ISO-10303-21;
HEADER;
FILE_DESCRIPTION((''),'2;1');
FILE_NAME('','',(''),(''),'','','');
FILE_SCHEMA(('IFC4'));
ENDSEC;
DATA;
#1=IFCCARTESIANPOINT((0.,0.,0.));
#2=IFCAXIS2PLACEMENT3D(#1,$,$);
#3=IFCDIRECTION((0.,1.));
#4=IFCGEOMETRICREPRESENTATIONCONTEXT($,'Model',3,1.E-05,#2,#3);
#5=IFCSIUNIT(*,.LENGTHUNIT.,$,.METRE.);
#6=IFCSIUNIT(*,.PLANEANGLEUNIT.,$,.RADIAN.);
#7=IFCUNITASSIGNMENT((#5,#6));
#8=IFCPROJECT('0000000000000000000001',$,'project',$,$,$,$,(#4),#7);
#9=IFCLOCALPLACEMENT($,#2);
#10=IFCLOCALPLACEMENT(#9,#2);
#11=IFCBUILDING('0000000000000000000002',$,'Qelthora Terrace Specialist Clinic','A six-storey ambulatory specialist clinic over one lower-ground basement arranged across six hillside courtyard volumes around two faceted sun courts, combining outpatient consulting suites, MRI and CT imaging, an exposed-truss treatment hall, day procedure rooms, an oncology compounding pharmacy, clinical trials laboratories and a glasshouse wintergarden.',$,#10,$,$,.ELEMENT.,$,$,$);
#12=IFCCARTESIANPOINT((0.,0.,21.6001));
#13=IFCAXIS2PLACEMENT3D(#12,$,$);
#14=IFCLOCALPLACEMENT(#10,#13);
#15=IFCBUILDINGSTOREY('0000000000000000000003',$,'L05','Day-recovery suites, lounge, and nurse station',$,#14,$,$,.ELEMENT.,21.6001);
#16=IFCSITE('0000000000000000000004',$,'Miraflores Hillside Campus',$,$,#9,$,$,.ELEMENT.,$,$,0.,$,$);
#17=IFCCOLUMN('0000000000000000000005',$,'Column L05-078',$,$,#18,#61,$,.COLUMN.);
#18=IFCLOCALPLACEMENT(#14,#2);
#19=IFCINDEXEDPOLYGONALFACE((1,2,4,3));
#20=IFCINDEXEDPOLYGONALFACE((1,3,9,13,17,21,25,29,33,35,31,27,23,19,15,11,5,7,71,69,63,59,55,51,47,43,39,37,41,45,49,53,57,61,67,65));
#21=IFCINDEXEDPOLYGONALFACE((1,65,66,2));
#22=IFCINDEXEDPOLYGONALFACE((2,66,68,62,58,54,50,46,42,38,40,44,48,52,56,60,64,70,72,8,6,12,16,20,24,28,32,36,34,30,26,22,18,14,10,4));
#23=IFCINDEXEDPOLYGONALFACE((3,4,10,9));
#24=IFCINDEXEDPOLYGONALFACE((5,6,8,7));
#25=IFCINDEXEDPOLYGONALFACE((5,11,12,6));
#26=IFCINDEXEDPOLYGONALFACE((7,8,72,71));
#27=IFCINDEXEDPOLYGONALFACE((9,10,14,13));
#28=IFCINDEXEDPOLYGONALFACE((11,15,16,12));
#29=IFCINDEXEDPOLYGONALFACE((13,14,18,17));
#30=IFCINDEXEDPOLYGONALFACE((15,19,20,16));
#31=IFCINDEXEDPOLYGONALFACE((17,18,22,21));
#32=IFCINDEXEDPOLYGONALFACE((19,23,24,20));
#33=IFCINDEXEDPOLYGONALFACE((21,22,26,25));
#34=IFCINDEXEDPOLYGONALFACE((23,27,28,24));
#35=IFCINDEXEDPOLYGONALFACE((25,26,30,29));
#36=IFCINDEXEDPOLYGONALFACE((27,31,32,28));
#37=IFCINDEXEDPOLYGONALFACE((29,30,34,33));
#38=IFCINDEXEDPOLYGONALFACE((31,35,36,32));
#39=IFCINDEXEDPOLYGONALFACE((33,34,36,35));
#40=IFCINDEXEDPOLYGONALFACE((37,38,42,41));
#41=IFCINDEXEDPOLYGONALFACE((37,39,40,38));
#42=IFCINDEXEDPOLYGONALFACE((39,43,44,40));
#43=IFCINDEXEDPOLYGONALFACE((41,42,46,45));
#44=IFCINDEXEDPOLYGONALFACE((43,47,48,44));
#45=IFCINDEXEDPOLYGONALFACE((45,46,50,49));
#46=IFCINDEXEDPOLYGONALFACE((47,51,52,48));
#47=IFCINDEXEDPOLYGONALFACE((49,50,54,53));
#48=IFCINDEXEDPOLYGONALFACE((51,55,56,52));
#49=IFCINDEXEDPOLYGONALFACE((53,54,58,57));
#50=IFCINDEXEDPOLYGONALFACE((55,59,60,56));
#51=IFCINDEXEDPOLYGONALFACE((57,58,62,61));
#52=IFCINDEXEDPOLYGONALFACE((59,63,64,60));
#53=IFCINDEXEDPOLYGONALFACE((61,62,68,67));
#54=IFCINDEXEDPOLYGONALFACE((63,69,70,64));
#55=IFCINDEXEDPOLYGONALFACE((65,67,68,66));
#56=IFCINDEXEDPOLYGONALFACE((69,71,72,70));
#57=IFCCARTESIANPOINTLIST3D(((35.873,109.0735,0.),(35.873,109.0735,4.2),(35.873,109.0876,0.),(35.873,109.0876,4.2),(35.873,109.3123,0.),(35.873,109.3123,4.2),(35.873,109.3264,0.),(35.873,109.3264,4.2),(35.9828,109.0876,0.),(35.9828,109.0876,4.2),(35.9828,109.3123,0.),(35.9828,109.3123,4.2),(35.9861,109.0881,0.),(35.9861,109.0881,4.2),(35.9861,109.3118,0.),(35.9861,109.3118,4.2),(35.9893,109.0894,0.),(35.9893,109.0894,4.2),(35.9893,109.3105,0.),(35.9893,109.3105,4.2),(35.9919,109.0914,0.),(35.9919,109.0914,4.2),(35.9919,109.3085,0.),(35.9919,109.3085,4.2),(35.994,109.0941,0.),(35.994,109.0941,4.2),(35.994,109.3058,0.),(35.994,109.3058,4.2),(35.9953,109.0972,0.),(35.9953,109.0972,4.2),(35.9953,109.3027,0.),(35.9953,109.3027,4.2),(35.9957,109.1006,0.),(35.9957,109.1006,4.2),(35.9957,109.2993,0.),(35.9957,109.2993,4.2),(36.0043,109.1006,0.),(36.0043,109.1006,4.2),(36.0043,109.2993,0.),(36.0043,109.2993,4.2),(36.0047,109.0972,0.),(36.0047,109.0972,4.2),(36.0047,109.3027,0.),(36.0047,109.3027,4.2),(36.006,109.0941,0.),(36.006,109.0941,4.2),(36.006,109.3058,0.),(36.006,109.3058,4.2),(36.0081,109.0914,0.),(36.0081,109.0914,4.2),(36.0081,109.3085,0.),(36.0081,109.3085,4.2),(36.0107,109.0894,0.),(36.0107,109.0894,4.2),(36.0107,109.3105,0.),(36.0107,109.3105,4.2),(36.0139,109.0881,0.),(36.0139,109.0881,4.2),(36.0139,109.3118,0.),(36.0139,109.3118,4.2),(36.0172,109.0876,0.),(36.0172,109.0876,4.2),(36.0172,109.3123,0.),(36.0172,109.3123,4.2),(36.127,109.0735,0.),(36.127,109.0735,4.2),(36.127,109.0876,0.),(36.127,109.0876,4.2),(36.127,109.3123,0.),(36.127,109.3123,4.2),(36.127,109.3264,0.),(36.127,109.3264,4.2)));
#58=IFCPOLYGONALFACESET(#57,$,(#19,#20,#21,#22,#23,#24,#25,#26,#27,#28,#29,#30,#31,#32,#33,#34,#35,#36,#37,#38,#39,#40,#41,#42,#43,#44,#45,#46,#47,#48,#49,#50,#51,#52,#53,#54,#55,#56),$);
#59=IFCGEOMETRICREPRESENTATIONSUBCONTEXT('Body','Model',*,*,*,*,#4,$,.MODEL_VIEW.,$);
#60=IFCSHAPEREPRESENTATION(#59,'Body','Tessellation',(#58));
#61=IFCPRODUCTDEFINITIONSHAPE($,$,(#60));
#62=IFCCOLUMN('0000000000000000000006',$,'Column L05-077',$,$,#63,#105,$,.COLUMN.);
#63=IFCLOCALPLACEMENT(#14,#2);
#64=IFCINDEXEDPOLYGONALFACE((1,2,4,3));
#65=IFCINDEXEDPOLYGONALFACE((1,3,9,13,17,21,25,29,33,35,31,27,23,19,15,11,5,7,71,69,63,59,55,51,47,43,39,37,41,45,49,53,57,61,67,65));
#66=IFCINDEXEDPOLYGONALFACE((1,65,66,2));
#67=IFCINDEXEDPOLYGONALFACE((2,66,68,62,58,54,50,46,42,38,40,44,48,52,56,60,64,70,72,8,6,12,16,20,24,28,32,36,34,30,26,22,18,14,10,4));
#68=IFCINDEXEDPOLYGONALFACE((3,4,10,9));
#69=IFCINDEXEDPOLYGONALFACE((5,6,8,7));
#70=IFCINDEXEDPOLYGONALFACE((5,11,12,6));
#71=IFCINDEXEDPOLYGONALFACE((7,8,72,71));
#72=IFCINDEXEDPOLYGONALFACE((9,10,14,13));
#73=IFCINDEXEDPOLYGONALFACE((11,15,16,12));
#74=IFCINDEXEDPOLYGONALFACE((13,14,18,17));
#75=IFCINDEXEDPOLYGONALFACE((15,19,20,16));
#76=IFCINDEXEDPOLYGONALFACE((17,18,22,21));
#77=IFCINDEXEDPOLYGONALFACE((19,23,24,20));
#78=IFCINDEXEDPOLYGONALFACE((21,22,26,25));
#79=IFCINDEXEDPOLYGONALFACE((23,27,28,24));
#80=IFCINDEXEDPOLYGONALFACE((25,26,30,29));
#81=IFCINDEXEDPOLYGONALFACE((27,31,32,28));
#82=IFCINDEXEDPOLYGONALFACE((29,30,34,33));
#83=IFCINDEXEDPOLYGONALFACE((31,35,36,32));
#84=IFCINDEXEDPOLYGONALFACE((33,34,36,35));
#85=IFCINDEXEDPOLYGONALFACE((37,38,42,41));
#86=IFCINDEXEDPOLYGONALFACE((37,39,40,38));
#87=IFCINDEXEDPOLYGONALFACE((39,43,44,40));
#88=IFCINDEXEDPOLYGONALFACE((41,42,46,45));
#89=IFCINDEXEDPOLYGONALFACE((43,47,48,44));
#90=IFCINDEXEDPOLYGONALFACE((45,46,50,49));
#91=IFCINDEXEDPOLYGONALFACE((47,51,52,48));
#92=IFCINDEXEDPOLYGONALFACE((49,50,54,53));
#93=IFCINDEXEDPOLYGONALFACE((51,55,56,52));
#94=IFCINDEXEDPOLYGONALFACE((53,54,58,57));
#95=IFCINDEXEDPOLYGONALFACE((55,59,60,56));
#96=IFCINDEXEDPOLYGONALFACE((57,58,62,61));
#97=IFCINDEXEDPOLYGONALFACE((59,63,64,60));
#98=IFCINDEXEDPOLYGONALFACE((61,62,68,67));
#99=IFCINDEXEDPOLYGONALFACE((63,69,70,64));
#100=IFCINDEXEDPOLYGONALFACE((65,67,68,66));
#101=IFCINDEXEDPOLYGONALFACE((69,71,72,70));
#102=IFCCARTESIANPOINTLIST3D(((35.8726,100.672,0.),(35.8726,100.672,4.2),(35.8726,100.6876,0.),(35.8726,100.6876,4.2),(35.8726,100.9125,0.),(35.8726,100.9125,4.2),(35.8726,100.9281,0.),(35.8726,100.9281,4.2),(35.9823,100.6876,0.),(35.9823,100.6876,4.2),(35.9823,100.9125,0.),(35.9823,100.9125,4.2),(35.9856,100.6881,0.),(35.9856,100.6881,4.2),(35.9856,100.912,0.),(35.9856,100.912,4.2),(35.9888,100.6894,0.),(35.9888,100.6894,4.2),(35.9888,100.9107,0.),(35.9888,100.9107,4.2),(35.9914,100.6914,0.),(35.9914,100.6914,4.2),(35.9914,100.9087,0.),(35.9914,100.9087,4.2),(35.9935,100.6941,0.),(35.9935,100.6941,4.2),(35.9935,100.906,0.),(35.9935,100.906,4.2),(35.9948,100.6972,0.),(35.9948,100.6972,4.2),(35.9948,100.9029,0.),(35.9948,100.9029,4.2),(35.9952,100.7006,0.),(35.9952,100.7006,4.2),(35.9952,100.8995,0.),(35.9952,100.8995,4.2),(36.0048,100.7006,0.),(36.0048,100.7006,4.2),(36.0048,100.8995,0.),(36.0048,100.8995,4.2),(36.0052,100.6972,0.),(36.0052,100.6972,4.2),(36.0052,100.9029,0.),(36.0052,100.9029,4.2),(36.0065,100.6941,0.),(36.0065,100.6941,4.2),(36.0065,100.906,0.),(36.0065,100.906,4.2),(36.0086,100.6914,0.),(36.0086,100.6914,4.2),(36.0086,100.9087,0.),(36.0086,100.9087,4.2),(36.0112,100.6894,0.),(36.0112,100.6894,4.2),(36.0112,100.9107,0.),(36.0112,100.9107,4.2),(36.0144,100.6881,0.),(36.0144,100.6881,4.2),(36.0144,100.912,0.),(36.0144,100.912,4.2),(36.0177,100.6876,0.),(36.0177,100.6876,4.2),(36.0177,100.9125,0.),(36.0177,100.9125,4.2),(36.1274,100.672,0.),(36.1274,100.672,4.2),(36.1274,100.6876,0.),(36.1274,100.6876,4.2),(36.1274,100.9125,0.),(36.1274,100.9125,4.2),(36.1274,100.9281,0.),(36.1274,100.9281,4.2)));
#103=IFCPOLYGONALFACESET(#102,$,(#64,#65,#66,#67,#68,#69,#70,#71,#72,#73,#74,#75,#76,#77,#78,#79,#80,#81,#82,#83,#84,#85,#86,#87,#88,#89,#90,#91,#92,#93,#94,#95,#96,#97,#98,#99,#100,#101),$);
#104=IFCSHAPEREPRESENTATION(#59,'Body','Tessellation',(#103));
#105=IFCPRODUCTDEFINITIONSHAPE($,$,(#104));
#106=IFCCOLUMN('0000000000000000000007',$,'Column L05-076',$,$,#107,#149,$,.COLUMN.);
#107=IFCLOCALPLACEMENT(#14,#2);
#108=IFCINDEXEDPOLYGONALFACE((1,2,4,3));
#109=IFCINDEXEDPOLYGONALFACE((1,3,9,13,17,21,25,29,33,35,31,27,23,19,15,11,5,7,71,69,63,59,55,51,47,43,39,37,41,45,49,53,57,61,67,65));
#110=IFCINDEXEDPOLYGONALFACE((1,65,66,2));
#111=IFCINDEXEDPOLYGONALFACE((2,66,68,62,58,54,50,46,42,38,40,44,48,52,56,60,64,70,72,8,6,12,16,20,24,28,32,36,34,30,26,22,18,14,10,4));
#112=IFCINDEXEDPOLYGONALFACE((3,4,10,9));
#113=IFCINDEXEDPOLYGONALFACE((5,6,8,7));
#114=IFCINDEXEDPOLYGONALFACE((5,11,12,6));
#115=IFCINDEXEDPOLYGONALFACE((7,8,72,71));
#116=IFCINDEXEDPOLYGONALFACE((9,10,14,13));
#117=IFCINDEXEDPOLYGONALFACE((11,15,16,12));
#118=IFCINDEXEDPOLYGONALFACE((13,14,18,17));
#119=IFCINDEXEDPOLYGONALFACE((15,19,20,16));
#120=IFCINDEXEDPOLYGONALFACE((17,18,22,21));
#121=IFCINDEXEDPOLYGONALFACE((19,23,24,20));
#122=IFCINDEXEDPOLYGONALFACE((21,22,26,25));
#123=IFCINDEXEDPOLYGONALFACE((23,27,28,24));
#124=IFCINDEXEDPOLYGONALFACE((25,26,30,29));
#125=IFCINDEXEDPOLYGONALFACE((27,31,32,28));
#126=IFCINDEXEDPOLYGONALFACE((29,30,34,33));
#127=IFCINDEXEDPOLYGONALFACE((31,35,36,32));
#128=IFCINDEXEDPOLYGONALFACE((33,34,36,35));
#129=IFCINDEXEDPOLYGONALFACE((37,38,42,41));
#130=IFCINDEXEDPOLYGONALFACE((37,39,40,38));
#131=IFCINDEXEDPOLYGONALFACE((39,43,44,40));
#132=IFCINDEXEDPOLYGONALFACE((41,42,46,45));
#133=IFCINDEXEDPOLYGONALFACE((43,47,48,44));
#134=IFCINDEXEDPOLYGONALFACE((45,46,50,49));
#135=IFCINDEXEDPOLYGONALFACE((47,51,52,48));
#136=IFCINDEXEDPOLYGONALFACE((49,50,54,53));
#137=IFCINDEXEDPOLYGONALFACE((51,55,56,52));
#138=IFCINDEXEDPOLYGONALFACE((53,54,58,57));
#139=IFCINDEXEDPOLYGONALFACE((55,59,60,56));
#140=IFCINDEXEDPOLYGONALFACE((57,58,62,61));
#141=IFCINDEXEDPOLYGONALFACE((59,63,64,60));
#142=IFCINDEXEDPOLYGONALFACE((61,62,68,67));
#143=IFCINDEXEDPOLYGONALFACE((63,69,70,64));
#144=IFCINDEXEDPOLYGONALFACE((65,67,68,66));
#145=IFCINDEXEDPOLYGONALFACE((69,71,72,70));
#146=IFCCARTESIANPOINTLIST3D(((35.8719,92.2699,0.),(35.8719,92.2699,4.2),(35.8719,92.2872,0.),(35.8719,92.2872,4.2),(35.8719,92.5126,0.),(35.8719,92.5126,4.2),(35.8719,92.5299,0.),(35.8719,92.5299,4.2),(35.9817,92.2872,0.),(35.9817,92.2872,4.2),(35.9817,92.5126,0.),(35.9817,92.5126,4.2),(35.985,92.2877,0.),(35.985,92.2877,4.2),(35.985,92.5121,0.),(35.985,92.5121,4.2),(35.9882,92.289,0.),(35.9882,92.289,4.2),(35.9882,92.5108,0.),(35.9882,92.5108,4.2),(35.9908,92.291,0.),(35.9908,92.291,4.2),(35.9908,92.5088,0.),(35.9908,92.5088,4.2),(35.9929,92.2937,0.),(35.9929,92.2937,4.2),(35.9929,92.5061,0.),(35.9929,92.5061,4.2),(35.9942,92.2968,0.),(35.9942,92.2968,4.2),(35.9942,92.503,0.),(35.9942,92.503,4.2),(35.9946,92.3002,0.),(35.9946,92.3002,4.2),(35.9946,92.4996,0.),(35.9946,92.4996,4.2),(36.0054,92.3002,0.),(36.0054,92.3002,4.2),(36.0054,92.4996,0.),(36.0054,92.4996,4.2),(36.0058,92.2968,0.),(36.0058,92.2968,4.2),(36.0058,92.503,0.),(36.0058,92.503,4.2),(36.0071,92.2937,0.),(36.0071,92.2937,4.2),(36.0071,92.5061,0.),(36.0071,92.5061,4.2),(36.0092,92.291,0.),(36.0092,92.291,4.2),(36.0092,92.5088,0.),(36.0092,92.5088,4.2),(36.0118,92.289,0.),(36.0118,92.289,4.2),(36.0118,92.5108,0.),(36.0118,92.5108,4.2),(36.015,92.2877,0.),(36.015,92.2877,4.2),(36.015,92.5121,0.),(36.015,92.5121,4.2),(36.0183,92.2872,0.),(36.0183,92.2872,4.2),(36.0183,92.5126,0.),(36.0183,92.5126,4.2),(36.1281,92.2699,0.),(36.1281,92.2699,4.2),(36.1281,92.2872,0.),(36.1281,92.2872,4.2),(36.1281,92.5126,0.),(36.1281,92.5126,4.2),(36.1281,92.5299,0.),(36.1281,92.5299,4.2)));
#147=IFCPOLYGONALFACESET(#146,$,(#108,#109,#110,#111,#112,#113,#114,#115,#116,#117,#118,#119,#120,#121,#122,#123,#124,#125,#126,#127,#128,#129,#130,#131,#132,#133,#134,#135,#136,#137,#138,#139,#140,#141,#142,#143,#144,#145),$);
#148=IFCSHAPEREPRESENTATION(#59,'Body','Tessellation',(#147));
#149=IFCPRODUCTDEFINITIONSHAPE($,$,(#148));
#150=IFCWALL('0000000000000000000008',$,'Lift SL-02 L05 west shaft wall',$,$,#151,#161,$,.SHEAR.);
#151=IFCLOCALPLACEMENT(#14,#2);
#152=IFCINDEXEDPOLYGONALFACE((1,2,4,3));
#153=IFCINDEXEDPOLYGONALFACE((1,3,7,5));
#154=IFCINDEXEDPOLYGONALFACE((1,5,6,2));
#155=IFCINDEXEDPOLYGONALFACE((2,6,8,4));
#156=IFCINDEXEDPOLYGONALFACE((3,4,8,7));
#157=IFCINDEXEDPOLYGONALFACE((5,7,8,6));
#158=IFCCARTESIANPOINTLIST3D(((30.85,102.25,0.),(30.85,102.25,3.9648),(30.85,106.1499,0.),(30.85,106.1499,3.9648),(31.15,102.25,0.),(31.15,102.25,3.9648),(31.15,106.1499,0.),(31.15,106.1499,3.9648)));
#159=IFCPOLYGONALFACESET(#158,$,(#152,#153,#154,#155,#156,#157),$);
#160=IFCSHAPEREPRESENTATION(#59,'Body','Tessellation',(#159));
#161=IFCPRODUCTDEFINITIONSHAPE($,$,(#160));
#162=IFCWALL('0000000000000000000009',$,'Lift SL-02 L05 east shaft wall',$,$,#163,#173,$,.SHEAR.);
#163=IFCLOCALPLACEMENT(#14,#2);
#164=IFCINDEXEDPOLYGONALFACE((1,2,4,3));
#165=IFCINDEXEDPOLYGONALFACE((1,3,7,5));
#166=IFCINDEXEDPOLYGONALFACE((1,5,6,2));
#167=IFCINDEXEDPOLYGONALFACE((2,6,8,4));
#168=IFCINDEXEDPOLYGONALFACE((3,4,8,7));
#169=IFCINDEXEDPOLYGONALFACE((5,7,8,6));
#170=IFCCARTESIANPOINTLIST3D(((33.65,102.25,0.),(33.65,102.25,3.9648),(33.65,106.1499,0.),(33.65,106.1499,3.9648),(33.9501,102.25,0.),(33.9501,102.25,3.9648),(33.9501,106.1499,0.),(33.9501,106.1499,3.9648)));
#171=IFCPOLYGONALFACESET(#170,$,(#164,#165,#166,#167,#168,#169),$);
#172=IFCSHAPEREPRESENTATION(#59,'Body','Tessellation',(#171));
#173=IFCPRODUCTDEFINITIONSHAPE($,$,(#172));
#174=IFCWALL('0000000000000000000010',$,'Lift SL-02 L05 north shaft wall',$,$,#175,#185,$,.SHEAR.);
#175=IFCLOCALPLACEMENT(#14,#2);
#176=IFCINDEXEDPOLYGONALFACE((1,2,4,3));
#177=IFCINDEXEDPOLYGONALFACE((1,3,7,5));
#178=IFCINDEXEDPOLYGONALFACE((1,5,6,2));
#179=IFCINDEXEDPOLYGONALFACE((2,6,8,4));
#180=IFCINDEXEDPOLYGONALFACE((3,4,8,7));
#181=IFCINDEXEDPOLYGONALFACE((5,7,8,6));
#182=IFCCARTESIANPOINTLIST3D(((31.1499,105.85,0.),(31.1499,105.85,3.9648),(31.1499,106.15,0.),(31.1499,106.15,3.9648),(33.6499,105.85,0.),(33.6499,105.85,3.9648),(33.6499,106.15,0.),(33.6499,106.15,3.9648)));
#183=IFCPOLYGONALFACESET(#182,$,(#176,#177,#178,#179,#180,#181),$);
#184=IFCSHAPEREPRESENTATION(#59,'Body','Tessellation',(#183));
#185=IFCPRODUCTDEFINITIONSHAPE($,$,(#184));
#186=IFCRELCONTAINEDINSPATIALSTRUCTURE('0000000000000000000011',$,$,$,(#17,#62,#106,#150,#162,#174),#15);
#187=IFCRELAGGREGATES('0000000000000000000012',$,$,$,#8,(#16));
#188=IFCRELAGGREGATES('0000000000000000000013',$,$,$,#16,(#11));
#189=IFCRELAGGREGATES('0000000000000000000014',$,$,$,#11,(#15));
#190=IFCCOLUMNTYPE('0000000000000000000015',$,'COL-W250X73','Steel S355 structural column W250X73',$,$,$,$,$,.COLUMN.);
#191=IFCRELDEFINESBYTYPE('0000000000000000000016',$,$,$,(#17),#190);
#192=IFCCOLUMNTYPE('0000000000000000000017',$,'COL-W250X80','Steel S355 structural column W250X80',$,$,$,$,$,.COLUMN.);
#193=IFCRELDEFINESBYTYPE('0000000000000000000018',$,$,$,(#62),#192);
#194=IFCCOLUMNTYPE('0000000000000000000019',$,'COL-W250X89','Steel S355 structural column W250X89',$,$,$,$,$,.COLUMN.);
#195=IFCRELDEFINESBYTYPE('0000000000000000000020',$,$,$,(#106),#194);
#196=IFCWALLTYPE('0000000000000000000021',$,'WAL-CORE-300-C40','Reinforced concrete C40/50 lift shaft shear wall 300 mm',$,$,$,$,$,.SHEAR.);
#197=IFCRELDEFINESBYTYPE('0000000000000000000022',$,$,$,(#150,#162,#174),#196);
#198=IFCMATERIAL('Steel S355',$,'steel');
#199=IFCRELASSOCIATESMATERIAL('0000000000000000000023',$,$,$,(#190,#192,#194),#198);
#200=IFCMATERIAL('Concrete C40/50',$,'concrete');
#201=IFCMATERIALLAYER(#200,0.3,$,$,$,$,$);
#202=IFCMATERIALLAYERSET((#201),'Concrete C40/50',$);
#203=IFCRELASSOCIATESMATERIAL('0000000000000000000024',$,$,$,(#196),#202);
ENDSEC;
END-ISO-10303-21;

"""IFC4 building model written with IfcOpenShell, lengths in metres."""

from ifc_helpers import new_model, si_unit, direction, frame, frame_2d, origin, origin_2d, place, context, subcontext, project, spatial, rectangle, i_section, extrude, material, layer, layer_set, material_profile, profile_set, type_object, element, save


model = new_model("IFC4")

# Units and contexts
model_context = context("Model", 3, precision=1e-05, world=origin(), true_north=direction((0.0, 1.0)))
body_context = subcontext(model_context, "Body", "Model", "MODEL_VIEW")
ifc_project = project(units=[si_unit("LENGTHUNIT", "METRE"), si_unit("PLANEANGLEUNIT", "RADIAN")], contexts=[model_context])

# Site, building, storey
site_placement = place(None, origin())
site = spatial("IfcSite", under=ifc_project, at=site_placement, Name="Miraflores Hillside Campus", CompositionType="ELEMENT", RefElevation=0.0)
building_placement = place(site_placement, origin())
building = spatial("IfcBuilding", under=site, at=building_placement, Name="Qelthora Terrace Specialist Clinic", Description="A six-storey ambulatory specialist clinic over one lower-ground basement arranged across six hillside courtyard volumes around two faceted sun courts, combining outpatient consulting suites, MRI and CT imaging, an exposed-truss treatment hall, day procedure rooms, an oncology compounding pharmacy, clinical trials laboratories and a glasshouse wintergarden.", CompositionType="ELEMENT")
storey_placement = place(building_placement, frame((0.0, 0.0, 21.6001)))
storey = spatial("IfcBuildingStorey", under=building, at=storey_placement, Name="L05", Description="Day-recovery suites, lounge, and nurse station", CompositionType="ELEMENT", Elevation=21.6001)

# Columns
ifc_material_1 = material(Name="Steel S355", Category="steel")
ifc_material_profile_1 = material_profile(ifc_material_1, i_section(OverallWidth=0.2539, OverallDepth=0.2529, WebThickness=0.0085, FlangeThickness=0.0142, FilletRadius=0.0129, at=origin_2d()), Name="W250X73")
ifc_profile_set_1 = profile_set([ifc_material_profile_1], Name="Steel S355")
column_type_1 = type_object("IfcColumnType", Name="COL-W250X73", Description="Steel S355 structural column W250X73", PredefinedType="COLUMN", material=ifc_profile_set_1)
column_1_placement = place(storey_placement, frame((36.0, 109.2, 0.0), z_axis=(0.0, 0.0, 1.0), x_axis=(1.0, 0.0, 0.0)))
element("IfcColumn", 1, at=column_1_placement, inside=storey, type_object=column_type_1, Name="Column L05-078", PredefinedType="COLUMN", context=body_context, shape_type="SweptSolid", body=[
    extrude(i_section(OverallWidth=0.2539, OverallDepth=0.2529, WebThickness=0.0085, FlangeThickness=0.0142, FilletRadius=0.0129, at=origin_2d()), origin(), (0.0, 0.0, 1.0), 4.2),
])
ifc_material_profile_2 = material_profile(ifc_material_1, i_section(OverallWidth=0.2549, OverallDepth=0.2561, WebThickness=0.0095, FlangeThickness=0.0156, FilletRadius=0.0129, at=origin_2d()), Name="W250X80")
ifc_profile_set_2 = profile_set([ifc_material_profile_2], Name="Steel S355")
column_type_2 = type_object("IfcColumnType", Name="COL-W250X80", Description="Steel S355 structural column W250X80", PredefinedType="COLUMN", material=ifc_profile_set_2)
column_2_placement = place(storey_placement, frame((36.0, 100.8, 0.0), z_axis=(0.0, 0.0, 1.0), x_axis=(1.0, 0.0, 0.0)))
element("IfcColumn", 2, at=column_2_placement, inside=storey, type_object=column_type_2, Name="Column L05-077", PredefinedType="COLUMN", context=body_context, shape_type="SweptSolid", body=[
    extrude(i_section(OverallWidth=0.2549, OverallDepth=0.2561, WebThickness=0.0095, FlangeThickness=0.0156, FilletRadius=0.0129, at=origin_2d()), origin(), (0.0, 0.0, 1.0), 4.2),
])
ifc_material_profile_3 = material_profile(ifc_material_1, i_section(OverallWidth=0.2561, OverallDepth=0.26, WebThickness=0.0107, FlangeThickness=0.0173, FilletRadius=0.0129, at=origin_2d()), Name="W250X89")
ifc_profile_set_3 = profile_set([ifc_material_profile_3], Name="Steel S355")
column_type_3 = type_object("IfcColumnType", Name="COL-W250X89", Description="Steel S355 structural column W250X89", PredefinedType="COLUMN", material=ifc_profile_set_3)
column_3_placement = place(storey_placement, frame((36.0, 92.3999, 0.0), z_axis=(0.0, 0.0, 1.0), x_axis=(1.0, 0.0, 0.0)))
element("IfcColumn", 3, at=column_3_placement, inside=storey, type_object=column_type_3, Name="Column L05-076", PredefinedType="COLUMN", context=body_context, shape_type="SweptSolid", body=[
    extrude(i_section(OverallWidth=0.2561, OverallDepth=0.26, WebThickness=0.0107, FlangeThickness=0.0173, FilletRadius=0.0129, at=origin_2d()), origin(), (0.0, 0.0, 1.0), 4.2),
])

# Walls
ifc_material_2 = material(Name="Concrete C40/50", Category="concrete")
ifc_layer_1 = layer(ifc_material_2, 0.3)
ifc_layer_set_1 = layer_set([ifc_layer_1], Name="Concrete C40/50")
wall_type_1 = type_object("IfcWallType", Name="WAL-CORE-300-C40", Description="Reinforced concrete C40/50 lift shaft shear wall 300 mm", PredefinedType="SHEAR", material=ifc_layer_set_1)
for number, where, z_axis, x_axis, name in (
    (4, (31.0, 102.25, 0.0), (0.0, 0.0, 1.0), (0.0, 1.0, 0.0), "Lift SL-02 L05 west shaft wall"),
    (5, (33.8, 102.25, 0.0), (0.0, 0.0, 1.0), (0.0, 1.0, 0.0), "Lift SL-02 L05 east shaft wall"),
):
    element("IfcWall", number, at=place(storey_placement, frame(where, z_axis=z_axis, x_axis=x_axis)), inside=storey, type_object=wall_type_1, Name=name, PredefinedType="SHEAR", context=body_context, shape_type="SweptSolid", body=[
        extrude(rectangle(XDim=3.8999, YDim=0.3, at=frame_2d((1.95, 0.0))), origin(), (0.0, 0.0, 1.0), 3.9648),
    ])
wall_1_placement = place(storey_placement, frame((31.1499, 106.0, 0.0), z_axis=(0.0, 0.0, 1.0), x_axis=(1.0, 0.0, 0.0)))
element("IfcWall", 6, at=wall_1_placement, inside=storey, type_object=wall_type_1, Name="Lift SL-02 L05 north shaft wall", PredefinedType="SHEAR", context=body_context, shape_type="SweptSolid", body=[
    extrude(rectangle(XDim=2.5, YDim=0.3, at=frame_2d((1.25, 0.0))), origin(), (0.0, 0.0, 1.0), 3.9648),
])

save(model, "model.ifc")
